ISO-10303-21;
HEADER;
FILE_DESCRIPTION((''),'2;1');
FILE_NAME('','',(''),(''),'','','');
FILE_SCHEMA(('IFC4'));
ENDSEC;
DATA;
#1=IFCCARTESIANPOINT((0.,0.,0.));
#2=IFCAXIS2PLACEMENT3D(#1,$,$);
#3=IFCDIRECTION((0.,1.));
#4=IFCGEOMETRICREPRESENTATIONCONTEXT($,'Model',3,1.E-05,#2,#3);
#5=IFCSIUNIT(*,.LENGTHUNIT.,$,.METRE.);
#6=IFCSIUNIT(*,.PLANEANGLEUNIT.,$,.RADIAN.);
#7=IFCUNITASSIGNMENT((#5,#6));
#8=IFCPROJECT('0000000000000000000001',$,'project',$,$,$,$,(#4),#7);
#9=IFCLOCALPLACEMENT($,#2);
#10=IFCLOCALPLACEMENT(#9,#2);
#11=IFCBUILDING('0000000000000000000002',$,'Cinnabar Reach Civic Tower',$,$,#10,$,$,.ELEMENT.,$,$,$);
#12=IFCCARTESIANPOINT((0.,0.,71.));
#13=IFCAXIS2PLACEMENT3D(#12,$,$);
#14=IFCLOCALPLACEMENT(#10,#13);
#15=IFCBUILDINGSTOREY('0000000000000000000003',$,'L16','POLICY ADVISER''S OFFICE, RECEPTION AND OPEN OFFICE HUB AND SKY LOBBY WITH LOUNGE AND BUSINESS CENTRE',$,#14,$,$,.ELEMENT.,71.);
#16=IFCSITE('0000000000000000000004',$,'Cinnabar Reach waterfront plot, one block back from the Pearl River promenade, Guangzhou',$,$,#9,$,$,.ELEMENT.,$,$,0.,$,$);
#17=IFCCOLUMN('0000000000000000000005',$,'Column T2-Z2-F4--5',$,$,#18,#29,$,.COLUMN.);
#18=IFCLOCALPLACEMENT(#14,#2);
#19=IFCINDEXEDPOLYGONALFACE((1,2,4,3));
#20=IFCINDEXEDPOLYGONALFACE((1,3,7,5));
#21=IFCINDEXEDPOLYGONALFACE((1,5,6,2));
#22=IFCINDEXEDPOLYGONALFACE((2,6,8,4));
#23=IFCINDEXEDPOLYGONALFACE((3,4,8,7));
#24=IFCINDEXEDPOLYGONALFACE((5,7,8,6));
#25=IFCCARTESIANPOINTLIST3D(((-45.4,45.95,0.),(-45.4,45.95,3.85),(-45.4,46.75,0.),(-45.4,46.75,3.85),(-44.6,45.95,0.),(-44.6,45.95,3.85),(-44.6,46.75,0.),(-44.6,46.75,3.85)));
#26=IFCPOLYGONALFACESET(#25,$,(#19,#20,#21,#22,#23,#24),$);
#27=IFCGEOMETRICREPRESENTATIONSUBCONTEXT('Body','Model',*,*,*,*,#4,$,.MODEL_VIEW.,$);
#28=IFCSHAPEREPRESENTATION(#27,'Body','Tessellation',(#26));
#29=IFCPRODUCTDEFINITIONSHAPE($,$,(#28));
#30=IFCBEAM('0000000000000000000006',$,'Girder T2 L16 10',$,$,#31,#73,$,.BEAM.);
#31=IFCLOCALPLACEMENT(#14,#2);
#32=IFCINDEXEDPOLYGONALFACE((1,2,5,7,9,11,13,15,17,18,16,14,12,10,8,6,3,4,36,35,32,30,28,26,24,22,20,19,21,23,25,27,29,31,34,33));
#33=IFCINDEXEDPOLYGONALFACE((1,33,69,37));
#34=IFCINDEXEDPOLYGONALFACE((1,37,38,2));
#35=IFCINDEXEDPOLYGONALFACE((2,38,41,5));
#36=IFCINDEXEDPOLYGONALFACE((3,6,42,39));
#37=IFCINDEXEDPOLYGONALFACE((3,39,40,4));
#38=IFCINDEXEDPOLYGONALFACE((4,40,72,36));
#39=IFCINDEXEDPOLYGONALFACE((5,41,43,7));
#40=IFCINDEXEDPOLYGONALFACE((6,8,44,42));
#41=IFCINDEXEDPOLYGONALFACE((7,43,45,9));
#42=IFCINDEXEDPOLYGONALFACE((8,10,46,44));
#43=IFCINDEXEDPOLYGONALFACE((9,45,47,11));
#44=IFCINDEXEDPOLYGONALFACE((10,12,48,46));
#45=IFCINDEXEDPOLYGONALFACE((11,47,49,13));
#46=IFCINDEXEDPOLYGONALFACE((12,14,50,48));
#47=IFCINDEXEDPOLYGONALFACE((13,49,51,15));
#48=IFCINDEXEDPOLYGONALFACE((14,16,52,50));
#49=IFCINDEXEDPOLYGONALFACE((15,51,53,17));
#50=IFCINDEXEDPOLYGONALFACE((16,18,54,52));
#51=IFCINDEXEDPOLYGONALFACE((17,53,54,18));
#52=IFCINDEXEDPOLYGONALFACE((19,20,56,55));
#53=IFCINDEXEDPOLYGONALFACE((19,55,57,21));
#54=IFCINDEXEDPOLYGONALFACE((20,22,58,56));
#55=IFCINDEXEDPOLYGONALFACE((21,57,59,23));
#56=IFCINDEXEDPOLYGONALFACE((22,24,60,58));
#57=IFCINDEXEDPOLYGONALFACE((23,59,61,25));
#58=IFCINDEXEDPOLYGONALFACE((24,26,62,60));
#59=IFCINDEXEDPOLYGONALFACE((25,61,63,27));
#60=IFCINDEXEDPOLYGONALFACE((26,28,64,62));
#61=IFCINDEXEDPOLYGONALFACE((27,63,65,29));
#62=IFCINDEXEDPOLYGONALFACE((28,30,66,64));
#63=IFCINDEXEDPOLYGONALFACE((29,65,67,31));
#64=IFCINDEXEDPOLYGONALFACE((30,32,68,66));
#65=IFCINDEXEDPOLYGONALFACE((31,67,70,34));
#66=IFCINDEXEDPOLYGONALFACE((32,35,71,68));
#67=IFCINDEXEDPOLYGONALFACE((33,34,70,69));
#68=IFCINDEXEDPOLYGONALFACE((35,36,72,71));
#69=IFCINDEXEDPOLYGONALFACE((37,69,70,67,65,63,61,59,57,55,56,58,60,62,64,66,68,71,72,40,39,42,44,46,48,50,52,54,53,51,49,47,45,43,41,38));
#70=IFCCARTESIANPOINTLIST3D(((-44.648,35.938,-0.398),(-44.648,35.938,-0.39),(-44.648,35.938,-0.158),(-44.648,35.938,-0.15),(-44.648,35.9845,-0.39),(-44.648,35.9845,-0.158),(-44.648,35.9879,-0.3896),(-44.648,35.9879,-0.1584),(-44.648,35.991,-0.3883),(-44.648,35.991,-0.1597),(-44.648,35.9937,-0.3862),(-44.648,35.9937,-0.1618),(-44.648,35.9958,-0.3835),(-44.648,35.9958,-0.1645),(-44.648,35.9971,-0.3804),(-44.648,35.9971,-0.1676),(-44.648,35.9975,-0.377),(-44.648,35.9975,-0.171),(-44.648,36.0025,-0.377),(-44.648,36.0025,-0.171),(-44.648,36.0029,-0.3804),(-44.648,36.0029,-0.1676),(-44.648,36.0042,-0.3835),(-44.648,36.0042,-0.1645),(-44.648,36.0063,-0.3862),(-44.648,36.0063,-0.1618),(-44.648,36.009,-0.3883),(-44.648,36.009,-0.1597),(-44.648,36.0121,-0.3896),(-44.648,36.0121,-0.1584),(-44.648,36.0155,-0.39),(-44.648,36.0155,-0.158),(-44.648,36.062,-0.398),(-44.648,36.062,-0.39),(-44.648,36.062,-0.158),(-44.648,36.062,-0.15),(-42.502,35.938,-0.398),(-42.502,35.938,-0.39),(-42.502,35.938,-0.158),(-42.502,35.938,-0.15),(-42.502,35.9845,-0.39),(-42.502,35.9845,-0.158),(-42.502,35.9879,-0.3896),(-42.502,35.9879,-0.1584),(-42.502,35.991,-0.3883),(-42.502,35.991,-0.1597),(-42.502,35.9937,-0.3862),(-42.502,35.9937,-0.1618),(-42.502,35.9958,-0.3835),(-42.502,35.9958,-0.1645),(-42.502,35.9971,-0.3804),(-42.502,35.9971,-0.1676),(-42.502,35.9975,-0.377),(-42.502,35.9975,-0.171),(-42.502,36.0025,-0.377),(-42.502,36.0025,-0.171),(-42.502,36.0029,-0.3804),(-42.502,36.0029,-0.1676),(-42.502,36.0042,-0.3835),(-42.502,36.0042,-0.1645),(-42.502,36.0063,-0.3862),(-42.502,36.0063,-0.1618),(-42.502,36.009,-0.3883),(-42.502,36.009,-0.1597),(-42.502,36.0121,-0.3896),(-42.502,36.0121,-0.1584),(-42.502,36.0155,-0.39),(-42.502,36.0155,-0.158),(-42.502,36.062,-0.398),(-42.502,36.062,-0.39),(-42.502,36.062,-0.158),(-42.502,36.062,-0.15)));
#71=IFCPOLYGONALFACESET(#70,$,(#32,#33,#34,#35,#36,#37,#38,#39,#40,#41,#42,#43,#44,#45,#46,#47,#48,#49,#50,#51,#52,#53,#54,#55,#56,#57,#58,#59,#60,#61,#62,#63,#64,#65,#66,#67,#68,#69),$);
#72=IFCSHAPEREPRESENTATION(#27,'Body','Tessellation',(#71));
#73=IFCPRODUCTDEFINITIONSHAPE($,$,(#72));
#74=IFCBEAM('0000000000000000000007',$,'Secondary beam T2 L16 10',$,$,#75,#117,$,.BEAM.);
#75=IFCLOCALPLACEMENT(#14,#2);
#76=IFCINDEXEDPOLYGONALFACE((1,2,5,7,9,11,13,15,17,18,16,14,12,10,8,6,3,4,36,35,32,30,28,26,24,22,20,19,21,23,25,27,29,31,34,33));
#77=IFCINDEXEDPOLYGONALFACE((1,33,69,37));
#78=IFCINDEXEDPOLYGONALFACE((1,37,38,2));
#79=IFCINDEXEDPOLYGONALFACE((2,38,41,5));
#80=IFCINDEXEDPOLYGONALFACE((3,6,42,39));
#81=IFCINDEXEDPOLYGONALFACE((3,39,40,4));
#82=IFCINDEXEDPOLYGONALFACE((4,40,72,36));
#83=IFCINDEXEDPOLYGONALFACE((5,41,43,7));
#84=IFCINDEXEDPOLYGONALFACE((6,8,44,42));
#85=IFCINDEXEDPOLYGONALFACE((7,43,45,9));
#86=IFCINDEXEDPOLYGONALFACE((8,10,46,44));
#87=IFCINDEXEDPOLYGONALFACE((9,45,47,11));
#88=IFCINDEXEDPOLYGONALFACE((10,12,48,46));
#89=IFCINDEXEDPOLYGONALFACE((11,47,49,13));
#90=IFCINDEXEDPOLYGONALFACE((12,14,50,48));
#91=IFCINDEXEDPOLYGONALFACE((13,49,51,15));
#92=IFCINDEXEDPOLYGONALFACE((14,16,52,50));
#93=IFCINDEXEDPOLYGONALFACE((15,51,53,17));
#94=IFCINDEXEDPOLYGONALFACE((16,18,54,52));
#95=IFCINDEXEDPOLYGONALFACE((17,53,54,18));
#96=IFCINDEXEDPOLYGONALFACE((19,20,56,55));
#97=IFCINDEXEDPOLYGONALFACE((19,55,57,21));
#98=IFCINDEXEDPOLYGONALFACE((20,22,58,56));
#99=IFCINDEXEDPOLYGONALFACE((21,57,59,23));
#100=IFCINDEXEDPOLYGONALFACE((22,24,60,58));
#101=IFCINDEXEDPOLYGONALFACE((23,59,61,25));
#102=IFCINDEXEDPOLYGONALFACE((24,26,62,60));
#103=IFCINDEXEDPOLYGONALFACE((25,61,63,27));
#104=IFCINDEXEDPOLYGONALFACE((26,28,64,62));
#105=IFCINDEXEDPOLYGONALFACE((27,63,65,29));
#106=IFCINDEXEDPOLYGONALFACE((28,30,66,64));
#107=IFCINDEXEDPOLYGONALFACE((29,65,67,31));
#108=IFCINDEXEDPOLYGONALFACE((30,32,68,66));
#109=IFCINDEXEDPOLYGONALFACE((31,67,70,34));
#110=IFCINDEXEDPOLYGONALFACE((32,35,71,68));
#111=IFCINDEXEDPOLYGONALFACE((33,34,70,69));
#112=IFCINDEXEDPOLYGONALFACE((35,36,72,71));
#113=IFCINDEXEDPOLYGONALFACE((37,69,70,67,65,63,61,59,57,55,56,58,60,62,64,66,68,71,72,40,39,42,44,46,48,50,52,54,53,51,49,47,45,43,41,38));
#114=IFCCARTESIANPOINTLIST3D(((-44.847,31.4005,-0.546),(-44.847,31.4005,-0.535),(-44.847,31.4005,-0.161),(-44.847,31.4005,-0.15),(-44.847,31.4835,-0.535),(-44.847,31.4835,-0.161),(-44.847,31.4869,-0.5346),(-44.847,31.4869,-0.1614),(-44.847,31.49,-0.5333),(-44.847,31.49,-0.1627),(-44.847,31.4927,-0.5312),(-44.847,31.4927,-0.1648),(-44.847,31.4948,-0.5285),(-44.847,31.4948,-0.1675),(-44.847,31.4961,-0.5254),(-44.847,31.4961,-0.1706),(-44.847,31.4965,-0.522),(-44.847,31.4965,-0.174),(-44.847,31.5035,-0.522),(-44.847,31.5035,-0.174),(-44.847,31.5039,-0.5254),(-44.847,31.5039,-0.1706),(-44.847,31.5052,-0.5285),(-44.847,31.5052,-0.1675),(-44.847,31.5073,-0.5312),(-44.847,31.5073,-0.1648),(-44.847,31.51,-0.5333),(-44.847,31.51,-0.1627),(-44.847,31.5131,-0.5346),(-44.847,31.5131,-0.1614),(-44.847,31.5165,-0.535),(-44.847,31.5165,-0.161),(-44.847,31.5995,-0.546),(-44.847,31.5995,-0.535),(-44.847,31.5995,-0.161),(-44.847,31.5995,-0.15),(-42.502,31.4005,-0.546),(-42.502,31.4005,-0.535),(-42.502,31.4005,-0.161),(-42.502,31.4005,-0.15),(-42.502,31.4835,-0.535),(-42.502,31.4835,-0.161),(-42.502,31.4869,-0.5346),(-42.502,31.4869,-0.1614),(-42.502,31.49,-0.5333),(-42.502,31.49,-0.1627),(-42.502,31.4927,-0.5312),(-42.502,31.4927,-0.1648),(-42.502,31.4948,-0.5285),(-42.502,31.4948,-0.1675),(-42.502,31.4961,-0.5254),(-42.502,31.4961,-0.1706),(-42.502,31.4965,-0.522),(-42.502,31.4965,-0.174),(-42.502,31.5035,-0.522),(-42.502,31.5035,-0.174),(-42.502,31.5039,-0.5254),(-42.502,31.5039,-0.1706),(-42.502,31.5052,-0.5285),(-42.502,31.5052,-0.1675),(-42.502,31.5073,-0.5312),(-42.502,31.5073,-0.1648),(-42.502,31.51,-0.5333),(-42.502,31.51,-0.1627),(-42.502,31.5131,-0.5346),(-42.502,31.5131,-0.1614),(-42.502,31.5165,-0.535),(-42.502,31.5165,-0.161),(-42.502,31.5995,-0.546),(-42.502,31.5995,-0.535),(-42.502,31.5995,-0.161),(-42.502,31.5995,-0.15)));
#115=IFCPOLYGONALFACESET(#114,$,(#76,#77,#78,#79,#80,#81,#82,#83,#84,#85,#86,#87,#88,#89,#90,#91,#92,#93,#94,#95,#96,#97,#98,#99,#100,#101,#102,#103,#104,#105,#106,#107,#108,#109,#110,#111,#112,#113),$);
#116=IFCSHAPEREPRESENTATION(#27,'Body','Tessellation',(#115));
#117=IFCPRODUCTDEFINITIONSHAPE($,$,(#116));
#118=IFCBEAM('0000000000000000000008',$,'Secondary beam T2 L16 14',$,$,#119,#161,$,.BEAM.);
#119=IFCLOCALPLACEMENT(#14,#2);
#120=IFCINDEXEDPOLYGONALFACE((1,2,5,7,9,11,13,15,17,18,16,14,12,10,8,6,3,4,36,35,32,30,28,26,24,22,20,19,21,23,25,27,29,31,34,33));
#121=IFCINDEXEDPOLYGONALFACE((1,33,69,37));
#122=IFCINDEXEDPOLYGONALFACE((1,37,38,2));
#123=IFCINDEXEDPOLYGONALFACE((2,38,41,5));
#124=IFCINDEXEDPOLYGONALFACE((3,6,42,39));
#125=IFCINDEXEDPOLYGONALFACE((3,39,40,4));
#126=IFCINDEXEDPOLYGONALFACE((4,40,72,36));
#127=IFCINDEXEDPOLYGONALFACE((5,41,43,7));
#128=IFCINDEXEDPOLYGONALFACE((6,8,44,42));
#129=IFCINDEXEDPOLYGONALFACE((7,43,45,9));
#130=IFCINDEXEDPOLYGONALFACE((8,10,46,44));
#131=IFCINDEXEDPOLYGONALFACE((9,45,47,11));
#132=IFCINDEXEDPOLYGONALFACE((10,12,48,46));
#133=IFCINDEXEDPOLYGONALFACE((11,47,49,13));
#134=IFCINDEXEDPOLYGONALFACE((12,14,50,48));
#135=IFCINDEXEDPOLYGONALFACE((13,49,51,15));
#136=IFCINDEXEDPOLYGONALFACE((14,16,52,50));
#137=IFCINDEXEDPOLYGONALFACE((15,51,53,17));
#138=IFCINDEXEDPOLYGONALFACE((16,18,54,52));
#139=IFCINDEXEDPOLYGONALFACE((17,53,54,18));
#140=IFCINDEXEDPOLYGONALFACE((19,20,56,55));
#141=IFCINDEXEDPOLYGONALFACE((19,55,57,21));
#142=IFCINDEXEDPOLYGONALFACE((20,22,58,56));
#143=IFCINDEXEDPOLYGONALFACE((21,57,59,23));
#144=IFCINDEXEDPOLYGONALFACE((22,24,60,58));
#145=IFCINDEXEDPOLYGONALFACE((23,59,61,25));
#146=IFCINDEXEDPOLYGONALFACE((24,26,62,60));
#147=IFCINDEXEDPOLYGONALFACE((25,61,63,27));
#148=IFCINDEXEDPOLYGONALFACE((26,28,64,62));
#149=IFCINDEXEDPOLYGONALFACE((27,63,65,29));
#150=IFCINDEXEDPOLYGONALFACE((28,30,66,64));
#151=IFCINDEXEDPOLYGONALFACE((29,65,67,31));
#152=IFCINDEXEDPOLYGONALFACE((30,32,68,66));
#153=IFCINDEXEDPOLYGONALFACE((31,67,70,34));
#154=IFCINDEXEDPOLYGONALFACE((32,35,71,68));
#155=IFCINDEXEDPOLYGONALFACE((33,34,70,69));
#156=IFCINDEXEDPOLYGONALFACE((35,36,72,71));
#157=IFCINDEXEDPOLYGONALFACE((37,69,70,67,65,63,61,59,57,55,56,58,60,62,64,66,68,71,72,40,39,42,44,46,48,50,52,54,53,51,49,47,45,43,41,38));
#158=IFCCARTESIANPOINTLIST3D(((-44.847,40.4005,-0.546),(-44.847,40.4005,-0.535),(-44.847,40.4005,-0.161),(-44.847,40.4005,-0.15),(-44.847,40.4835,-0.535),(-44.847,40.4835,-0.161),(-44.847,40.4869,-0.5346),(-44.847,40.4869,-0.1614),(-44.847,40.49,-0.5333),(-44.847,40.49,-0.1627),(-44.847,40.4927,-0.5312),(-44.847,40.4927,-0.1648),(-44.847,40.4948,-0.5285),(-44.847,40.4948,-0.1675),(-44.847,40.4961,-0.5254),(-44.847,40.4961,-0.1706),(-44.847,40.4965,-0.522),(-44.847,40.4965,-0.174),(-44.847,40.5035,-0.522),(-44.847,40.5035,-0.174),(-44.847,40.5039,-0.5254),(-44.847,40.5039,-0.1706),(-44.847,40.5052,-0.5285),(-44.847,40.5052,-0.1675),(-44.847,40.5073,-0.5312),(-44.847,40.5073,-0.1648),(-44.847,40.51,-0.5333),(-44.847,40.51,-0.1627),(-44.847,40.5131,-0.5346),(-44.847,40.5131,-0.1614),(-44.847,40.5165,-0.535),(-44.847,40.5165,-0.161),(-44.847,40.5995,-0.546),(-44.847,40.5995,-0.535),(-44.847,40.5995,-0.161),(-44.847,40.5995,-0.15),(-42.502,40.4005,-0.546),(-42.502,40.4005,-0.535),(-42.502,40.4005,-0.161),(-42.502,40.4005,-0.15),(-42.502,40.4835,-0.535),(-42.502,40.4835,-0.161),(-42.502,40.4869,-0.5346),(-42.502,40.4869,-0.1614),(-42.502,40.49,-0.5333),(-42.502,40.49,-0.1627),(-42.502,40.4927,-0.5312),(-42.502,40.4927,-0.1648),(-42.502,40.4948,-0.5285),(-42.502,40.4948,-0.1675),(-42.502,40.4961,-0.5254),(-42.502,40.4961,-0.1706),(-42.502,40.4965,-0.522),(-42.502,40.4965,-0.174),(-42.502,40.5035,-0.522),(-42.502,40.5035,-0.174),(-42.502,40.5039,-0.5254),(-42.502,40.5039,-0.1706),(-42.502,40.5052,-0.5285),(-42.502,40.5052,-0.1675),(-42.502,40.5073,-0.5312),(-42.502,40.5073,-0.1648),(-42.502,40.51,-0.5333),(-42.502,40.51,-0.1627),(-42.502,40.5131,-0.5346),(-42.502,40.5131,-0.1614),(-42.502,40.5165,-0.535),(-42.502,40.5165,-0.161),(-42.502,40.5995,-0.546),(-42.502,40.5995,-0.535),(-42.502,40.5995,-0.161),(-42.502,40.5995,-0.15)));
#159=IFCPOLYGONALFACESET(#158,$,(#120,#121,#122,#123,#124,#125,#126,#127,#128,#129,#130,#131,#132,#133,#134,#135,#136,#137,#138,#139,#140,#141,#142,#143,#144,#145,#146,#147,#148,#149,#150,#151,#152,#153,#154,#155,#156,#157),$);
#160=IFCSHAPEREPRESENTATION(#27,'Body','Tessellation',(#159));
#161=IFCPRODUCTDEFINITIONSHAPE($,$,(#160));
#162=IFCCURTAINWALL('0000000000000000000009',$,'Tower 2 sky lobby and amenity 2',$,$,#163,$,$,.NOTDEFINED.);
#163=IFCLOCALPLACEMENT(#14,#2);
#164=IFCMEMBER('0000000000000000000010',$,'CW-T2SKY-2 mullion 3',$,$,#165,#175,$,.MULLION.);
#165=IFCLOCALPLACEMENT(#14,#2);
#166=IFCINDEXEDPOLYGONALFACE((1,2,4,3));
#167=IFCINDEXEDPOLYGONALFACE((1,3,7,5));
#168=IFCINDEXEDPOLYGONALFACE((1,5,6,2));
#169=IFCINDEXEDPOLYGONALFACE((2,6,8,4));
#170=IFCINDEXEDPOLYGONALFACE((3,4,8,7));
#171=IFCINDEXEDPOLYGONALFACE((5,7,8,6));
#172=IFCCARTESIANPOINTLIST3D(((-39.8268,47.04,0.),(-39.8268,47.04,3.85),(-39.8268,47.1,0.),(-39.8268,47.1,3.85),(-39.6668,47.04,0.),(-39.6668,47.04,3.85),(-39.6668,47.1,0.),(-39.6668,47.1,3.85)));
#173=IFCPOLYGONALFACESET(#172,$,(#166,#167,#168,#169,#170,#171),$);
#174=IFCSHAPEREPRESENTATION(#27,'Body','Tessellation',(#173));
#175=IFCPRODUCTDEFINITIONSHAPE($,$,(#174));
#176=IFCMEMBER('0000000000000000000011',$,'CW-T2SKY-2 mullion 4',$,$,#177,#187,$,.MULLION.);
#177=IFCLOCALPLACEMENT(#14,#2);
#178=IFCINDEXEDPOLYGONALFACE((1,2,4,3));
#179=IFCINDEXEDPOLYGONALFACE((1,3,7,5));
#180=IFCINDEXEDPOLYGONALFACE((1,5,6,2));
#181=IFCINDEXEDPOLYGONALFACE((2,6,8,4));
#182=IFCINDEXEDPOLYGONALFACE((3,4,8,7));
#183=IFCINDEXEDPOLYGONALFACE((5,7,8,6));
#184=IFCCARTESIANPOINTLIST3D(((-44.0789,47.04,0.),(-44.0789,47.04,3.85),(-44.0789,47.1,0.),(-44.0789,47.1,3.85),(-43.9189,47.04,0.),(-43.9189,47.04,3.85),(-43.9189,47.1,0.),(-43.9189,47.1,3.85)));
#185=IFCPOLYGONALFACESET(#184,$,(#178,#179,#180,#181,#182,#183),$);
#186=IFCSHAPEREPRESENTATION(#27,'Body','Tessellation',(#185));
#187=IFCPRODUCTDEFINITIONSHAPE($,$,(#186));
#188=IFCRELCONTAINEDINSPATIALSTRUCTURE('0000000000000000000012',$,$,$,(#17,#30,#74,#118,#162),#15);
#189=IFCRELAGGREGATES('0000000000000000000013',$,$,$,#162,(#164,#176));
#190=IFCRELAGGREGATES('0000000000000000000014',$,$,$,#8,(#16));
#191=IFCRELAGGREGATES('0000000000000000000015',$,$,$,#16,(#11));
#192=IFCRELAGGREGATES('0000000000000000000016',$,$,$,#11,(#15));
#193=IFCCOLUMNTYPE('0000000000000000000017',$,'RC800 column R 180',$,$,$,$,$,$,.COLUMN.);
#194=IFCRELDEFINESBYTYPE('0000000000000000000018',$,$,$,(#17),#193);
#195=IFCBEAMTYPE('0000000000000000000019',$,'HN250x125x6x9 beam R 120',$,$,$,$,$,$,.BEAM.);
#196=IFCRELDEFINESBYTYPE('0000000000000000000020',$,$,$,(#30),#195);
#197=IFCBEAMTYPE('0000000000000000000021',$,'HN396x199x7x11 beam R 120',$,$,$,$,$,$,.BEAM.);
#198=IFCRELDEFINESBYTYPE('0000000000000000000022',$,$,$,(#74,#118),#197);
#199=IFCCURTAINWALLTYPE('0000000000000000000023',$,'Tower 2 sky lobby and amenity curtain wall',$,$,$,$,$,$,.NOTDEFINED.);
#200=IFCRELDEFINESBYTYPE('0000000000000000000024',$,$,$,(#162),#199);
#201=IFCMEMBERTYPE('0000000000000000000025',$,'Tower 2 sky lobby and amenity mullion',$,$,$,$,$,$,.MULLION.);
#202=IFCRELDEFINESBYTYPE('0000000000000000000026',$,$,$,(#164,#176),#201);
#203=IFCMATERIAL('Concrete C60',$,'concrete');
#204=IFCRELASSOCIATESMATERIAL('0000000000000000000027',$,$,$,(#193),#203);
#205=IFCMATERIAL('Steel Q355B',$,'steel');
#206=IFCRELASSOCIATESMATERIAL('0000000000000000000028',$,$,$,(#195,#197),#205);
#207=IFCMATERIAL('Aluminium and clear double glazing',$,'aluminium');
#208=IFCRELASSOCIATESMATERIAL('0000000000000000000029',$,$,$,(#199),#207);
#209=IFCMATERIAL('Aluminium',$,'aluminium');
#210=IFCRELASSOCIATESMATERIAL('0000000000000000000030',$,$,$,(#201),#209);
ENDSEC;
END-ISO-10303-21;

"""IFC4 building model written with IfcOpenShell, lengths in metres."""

from ifc_helpers import new_model, si_unit, direction, frame, origin, origin_2d, place, context, subcontext, project, spatial, rectangle, i_section, extrude, material, material_profile, profile_set, type_object, element, aggregate, save


model = new_model("IFC4")

# Units and contexts
model_context = context("Model", 3, precision=1e-05, world=origin(), true_north=direction((0.0, 1.0)))
body_context = subcontext(model_context, "Body", "Model", "MODEL_VIEW")
ifc_project = project(units=[si_unit("LENGTHUNIT", "METRE"), si_unit("PLANEANGLEUNIT", "RADIAN")], contexts=[model_context])

# Site, building, storey
site_placement = place(None, origin())
site = spatial("IfcSite", under=ifc_project, at=site_placement, Name="Cinnabar Reach waterfront plot, one block back from the Pearl River promenade, Guangzhou", CompositionType="ELEMENT", RefElevation=0.0)
building_placement = place(site_placement, origin())
building = spatial("IfcBuilding", under=site, at=building_placement, Name="Cinnabar Reach Civic Tower", CompositionType="ELEMENT")
storey_placement = place(building_placement, frame((0.0, 0.0, 71.0)))
storey = spatial("IfcBuildingStorey", under=building, at=storey_placement, Name="L16", Description="POLICY ADVISER'S OFFICE, RECEPTION AND OPEN OFFICE HUB AND SKY LOBBY WITH LOUNGE AND BUSINESS CENTRE", CompositionType="ELEMENT", Elevation=71.0)

# Column
ifc_material_1 = material(Name="Concrete C60", Category="concrete")
ifc_material_profile_1 = material_profile(ifc_material_1, rectangle(XDim=0.8, YDim=0.8, at=origin_2d()), Name="RC800")
ifc_profile_set_1 = profile_set([ifc_material_profile_1], Name="Concrete C60")
column_type = type_object("IfcColumnType", Name="RC800 column R 180", PredefinedType="COLUMN", material=ifc_profile_set_1)
column_placement = place(storey_placement, frame((-45.0, 46.35, 0.0), z_axis=(0.0, 0.0, 1.0), x_axis=(1.0, 0.0, 0.0)))
element("IfcColumn", 1, at=column_placement, inside=storey, type_object=column_type, Name="Column T2-Z2-F4--5", PredefinedType="COLUMN", context=body_context, shape_type="SweptSolid", body=[
    extrude(rectangle(XDim=0.8, YDim=0.8, at=origin_2d()), origin(), (0.0, 0.0, 1.0), 3.85),
])

# Beams
ifc_material_2 = material(Name="Steel Q355B", Category="steel")
ifc_material_profile_2 = material_profile(ifc_material_2, i_section(OverallWidth=0.124, OverallDepth=0.248, WebThickness=0.005, FlangeThickness=0.008, FilletRadius=0.013, at=origin_2d()), Name="HN250x125x6x9")
ifc_profile_set_2 = profile_set([ifc_material_profile_2], Name="Steel Q355B")
beam_type_1 = type_object("IfcBeamType", Name="HN250x125x6x9 beam R 120", PredefinedType="BEAM", material=ifc_profile_set_2)
beam_placement = place(storey_placement, frame((-44.648, 36.0, -0.274), z_axis=(1.0, 0.0, 0.0), x_axis=(0.0, 1.0, 0.0)))
element("IfcBeam", 2, at=beam_placement, inside=storey, type_object=beam_type_1, Name="Girder T2 L16 10", PredefinedType="BEAM", context=body_context, shape_type="SweptSolid", body=[
    extrude(i_section(OverallWidth=0.124, OverallDepth=0.248, WebThickness=0.005, FlangeThickness=0.008, FilletRadius=0.013, at=origin_2d()), origin(), (0.0, 0.0, 1.0), 2.146),
])
ifc_material_profile_3 = material_profile(ifc_material_2, i_section(OverallWidth=0.199, OverallDepth=0.396, WebThickness=0.007, FlangeThickness=0.011, FilletRadius=0.013, at=origin_2d()), Name="HN396x199x7x11")
ifc_profile_set_3 = profile_set([ifc_material_profile_3], Name="Steel Q355B")
beam_type_2 = type_object("IfcBeamType", Name="HN396x199x7x11 beam R 120", PredefinedType="BEAM", material=ifc_profile_set_3)
for number, where, z_axis, x_axis, name in (
    (3, (-44.847, 31.5, -0.348), (1.0, 0.0, 0.0), (0.0, 1.0, 0.0), "Secondary beam T2 L16 10"),
    (4, (-44.847, 40.5, -0.348), (1.0, 0.0, 0.0), (0.0, 1.0, 0.0), "Secondary beam T2 L16 14"),
):
    element("IfcBeam", number, at=place(storey_placement, frame(where, z_axis=z_axis, x_axis=x_axis)), inside=storey, type_object=beam_type_2, Name=name, PredefinedType="BEAM", context=body_context, shape_type="SweptSolid", body=[
        extrude(i_section(OverallWidth=0.199, OverallDepth=0.396, WebThickness=0.007, FlangeThickness=0.011, FilletRadius=0.013, at=origin_2d()), origin(), (0.0, 0.0, 1.0), 2.345),
    ])

# Curtain wall, members
ifc_material_3 = material(Name="Aluminium and clear double glazing", Category="aluminium")
curtain_wall_type = type_object("IfcCurtainWallType", Name="Tower 2 sky lobby and amenity curtain wall", PredefinedType="NOTDEFINED", material=ifc_material_3)
curtain_wall_placement = place(storey_placement, origin())
curtain_wall = element("IfcCurtainWall", 5, at=curtain_wall_placement, inside=storey, type_object=curtain_wall_type, Name="Tower 2 sky lobby and amenity 2", PredefinedType="NOTDEFINED")
ifc_material_4 = material(Name="Aluminium", Category="aluminium")
ifc_material_profile_4 = material_profile(ifc_material_4, rectangle(XDim=0.06, YDim=0.16, at=origin_2d()), Name="Tower 2 sky lobby and amenity mullion")
ifc_profile_set_4 = profile_set([ifc_material_profile_4], Name="Aluminium")
member_type_1 = type_object("IfcMemberType", Name="Tower 2 sky lobby and amenity mullion", PredefinedType="MULLION", material=ifc_profile_set_4)
member_1_placement = place(storey_placement, frame((-39.7468, 47.07, 0.0), z_axis=(0.0, 0.0, 1.0), x_axis=(0.0, -1.0, 0.0)))
member_1 = element("IfcMember", 6, at=member_1_placement, type_object=member_type_1, Name="CW-T2SKY-2 mullion 3", PredefinedType="MULLION", context=body_context, shape_type="SweptSolid", body=[
    extrude(rectangle(XDim=0.06, YDim=0.16, at=origin_2d()), origin(), (0.0, 0.0, 1.0), 3.85),
])
member_2_placement = place(storey_placement, frame((-43.9989, 47.07, 0.0), z_axis=(0.0, 0.0, 1.0), x_axis=(0.0, -1.0, 0.0)))
member_2 = element("IfcMember", 7, at=member_2_placement, type_object=member_type_1, Name="CW-T2SKY-2 mullion 4", PredefinedType="MULLION", context=body_context, shape_type="SweptSolid", body=[
    extrude(rectangle(XDim=0.06, YDim=0.16, at=origin_2d()), origin(), (0.0, 0.0, 1.0), 3.85),
])
aggregate(curtain_wall, [member_1, member_2])

save(model, "model.ifc")
